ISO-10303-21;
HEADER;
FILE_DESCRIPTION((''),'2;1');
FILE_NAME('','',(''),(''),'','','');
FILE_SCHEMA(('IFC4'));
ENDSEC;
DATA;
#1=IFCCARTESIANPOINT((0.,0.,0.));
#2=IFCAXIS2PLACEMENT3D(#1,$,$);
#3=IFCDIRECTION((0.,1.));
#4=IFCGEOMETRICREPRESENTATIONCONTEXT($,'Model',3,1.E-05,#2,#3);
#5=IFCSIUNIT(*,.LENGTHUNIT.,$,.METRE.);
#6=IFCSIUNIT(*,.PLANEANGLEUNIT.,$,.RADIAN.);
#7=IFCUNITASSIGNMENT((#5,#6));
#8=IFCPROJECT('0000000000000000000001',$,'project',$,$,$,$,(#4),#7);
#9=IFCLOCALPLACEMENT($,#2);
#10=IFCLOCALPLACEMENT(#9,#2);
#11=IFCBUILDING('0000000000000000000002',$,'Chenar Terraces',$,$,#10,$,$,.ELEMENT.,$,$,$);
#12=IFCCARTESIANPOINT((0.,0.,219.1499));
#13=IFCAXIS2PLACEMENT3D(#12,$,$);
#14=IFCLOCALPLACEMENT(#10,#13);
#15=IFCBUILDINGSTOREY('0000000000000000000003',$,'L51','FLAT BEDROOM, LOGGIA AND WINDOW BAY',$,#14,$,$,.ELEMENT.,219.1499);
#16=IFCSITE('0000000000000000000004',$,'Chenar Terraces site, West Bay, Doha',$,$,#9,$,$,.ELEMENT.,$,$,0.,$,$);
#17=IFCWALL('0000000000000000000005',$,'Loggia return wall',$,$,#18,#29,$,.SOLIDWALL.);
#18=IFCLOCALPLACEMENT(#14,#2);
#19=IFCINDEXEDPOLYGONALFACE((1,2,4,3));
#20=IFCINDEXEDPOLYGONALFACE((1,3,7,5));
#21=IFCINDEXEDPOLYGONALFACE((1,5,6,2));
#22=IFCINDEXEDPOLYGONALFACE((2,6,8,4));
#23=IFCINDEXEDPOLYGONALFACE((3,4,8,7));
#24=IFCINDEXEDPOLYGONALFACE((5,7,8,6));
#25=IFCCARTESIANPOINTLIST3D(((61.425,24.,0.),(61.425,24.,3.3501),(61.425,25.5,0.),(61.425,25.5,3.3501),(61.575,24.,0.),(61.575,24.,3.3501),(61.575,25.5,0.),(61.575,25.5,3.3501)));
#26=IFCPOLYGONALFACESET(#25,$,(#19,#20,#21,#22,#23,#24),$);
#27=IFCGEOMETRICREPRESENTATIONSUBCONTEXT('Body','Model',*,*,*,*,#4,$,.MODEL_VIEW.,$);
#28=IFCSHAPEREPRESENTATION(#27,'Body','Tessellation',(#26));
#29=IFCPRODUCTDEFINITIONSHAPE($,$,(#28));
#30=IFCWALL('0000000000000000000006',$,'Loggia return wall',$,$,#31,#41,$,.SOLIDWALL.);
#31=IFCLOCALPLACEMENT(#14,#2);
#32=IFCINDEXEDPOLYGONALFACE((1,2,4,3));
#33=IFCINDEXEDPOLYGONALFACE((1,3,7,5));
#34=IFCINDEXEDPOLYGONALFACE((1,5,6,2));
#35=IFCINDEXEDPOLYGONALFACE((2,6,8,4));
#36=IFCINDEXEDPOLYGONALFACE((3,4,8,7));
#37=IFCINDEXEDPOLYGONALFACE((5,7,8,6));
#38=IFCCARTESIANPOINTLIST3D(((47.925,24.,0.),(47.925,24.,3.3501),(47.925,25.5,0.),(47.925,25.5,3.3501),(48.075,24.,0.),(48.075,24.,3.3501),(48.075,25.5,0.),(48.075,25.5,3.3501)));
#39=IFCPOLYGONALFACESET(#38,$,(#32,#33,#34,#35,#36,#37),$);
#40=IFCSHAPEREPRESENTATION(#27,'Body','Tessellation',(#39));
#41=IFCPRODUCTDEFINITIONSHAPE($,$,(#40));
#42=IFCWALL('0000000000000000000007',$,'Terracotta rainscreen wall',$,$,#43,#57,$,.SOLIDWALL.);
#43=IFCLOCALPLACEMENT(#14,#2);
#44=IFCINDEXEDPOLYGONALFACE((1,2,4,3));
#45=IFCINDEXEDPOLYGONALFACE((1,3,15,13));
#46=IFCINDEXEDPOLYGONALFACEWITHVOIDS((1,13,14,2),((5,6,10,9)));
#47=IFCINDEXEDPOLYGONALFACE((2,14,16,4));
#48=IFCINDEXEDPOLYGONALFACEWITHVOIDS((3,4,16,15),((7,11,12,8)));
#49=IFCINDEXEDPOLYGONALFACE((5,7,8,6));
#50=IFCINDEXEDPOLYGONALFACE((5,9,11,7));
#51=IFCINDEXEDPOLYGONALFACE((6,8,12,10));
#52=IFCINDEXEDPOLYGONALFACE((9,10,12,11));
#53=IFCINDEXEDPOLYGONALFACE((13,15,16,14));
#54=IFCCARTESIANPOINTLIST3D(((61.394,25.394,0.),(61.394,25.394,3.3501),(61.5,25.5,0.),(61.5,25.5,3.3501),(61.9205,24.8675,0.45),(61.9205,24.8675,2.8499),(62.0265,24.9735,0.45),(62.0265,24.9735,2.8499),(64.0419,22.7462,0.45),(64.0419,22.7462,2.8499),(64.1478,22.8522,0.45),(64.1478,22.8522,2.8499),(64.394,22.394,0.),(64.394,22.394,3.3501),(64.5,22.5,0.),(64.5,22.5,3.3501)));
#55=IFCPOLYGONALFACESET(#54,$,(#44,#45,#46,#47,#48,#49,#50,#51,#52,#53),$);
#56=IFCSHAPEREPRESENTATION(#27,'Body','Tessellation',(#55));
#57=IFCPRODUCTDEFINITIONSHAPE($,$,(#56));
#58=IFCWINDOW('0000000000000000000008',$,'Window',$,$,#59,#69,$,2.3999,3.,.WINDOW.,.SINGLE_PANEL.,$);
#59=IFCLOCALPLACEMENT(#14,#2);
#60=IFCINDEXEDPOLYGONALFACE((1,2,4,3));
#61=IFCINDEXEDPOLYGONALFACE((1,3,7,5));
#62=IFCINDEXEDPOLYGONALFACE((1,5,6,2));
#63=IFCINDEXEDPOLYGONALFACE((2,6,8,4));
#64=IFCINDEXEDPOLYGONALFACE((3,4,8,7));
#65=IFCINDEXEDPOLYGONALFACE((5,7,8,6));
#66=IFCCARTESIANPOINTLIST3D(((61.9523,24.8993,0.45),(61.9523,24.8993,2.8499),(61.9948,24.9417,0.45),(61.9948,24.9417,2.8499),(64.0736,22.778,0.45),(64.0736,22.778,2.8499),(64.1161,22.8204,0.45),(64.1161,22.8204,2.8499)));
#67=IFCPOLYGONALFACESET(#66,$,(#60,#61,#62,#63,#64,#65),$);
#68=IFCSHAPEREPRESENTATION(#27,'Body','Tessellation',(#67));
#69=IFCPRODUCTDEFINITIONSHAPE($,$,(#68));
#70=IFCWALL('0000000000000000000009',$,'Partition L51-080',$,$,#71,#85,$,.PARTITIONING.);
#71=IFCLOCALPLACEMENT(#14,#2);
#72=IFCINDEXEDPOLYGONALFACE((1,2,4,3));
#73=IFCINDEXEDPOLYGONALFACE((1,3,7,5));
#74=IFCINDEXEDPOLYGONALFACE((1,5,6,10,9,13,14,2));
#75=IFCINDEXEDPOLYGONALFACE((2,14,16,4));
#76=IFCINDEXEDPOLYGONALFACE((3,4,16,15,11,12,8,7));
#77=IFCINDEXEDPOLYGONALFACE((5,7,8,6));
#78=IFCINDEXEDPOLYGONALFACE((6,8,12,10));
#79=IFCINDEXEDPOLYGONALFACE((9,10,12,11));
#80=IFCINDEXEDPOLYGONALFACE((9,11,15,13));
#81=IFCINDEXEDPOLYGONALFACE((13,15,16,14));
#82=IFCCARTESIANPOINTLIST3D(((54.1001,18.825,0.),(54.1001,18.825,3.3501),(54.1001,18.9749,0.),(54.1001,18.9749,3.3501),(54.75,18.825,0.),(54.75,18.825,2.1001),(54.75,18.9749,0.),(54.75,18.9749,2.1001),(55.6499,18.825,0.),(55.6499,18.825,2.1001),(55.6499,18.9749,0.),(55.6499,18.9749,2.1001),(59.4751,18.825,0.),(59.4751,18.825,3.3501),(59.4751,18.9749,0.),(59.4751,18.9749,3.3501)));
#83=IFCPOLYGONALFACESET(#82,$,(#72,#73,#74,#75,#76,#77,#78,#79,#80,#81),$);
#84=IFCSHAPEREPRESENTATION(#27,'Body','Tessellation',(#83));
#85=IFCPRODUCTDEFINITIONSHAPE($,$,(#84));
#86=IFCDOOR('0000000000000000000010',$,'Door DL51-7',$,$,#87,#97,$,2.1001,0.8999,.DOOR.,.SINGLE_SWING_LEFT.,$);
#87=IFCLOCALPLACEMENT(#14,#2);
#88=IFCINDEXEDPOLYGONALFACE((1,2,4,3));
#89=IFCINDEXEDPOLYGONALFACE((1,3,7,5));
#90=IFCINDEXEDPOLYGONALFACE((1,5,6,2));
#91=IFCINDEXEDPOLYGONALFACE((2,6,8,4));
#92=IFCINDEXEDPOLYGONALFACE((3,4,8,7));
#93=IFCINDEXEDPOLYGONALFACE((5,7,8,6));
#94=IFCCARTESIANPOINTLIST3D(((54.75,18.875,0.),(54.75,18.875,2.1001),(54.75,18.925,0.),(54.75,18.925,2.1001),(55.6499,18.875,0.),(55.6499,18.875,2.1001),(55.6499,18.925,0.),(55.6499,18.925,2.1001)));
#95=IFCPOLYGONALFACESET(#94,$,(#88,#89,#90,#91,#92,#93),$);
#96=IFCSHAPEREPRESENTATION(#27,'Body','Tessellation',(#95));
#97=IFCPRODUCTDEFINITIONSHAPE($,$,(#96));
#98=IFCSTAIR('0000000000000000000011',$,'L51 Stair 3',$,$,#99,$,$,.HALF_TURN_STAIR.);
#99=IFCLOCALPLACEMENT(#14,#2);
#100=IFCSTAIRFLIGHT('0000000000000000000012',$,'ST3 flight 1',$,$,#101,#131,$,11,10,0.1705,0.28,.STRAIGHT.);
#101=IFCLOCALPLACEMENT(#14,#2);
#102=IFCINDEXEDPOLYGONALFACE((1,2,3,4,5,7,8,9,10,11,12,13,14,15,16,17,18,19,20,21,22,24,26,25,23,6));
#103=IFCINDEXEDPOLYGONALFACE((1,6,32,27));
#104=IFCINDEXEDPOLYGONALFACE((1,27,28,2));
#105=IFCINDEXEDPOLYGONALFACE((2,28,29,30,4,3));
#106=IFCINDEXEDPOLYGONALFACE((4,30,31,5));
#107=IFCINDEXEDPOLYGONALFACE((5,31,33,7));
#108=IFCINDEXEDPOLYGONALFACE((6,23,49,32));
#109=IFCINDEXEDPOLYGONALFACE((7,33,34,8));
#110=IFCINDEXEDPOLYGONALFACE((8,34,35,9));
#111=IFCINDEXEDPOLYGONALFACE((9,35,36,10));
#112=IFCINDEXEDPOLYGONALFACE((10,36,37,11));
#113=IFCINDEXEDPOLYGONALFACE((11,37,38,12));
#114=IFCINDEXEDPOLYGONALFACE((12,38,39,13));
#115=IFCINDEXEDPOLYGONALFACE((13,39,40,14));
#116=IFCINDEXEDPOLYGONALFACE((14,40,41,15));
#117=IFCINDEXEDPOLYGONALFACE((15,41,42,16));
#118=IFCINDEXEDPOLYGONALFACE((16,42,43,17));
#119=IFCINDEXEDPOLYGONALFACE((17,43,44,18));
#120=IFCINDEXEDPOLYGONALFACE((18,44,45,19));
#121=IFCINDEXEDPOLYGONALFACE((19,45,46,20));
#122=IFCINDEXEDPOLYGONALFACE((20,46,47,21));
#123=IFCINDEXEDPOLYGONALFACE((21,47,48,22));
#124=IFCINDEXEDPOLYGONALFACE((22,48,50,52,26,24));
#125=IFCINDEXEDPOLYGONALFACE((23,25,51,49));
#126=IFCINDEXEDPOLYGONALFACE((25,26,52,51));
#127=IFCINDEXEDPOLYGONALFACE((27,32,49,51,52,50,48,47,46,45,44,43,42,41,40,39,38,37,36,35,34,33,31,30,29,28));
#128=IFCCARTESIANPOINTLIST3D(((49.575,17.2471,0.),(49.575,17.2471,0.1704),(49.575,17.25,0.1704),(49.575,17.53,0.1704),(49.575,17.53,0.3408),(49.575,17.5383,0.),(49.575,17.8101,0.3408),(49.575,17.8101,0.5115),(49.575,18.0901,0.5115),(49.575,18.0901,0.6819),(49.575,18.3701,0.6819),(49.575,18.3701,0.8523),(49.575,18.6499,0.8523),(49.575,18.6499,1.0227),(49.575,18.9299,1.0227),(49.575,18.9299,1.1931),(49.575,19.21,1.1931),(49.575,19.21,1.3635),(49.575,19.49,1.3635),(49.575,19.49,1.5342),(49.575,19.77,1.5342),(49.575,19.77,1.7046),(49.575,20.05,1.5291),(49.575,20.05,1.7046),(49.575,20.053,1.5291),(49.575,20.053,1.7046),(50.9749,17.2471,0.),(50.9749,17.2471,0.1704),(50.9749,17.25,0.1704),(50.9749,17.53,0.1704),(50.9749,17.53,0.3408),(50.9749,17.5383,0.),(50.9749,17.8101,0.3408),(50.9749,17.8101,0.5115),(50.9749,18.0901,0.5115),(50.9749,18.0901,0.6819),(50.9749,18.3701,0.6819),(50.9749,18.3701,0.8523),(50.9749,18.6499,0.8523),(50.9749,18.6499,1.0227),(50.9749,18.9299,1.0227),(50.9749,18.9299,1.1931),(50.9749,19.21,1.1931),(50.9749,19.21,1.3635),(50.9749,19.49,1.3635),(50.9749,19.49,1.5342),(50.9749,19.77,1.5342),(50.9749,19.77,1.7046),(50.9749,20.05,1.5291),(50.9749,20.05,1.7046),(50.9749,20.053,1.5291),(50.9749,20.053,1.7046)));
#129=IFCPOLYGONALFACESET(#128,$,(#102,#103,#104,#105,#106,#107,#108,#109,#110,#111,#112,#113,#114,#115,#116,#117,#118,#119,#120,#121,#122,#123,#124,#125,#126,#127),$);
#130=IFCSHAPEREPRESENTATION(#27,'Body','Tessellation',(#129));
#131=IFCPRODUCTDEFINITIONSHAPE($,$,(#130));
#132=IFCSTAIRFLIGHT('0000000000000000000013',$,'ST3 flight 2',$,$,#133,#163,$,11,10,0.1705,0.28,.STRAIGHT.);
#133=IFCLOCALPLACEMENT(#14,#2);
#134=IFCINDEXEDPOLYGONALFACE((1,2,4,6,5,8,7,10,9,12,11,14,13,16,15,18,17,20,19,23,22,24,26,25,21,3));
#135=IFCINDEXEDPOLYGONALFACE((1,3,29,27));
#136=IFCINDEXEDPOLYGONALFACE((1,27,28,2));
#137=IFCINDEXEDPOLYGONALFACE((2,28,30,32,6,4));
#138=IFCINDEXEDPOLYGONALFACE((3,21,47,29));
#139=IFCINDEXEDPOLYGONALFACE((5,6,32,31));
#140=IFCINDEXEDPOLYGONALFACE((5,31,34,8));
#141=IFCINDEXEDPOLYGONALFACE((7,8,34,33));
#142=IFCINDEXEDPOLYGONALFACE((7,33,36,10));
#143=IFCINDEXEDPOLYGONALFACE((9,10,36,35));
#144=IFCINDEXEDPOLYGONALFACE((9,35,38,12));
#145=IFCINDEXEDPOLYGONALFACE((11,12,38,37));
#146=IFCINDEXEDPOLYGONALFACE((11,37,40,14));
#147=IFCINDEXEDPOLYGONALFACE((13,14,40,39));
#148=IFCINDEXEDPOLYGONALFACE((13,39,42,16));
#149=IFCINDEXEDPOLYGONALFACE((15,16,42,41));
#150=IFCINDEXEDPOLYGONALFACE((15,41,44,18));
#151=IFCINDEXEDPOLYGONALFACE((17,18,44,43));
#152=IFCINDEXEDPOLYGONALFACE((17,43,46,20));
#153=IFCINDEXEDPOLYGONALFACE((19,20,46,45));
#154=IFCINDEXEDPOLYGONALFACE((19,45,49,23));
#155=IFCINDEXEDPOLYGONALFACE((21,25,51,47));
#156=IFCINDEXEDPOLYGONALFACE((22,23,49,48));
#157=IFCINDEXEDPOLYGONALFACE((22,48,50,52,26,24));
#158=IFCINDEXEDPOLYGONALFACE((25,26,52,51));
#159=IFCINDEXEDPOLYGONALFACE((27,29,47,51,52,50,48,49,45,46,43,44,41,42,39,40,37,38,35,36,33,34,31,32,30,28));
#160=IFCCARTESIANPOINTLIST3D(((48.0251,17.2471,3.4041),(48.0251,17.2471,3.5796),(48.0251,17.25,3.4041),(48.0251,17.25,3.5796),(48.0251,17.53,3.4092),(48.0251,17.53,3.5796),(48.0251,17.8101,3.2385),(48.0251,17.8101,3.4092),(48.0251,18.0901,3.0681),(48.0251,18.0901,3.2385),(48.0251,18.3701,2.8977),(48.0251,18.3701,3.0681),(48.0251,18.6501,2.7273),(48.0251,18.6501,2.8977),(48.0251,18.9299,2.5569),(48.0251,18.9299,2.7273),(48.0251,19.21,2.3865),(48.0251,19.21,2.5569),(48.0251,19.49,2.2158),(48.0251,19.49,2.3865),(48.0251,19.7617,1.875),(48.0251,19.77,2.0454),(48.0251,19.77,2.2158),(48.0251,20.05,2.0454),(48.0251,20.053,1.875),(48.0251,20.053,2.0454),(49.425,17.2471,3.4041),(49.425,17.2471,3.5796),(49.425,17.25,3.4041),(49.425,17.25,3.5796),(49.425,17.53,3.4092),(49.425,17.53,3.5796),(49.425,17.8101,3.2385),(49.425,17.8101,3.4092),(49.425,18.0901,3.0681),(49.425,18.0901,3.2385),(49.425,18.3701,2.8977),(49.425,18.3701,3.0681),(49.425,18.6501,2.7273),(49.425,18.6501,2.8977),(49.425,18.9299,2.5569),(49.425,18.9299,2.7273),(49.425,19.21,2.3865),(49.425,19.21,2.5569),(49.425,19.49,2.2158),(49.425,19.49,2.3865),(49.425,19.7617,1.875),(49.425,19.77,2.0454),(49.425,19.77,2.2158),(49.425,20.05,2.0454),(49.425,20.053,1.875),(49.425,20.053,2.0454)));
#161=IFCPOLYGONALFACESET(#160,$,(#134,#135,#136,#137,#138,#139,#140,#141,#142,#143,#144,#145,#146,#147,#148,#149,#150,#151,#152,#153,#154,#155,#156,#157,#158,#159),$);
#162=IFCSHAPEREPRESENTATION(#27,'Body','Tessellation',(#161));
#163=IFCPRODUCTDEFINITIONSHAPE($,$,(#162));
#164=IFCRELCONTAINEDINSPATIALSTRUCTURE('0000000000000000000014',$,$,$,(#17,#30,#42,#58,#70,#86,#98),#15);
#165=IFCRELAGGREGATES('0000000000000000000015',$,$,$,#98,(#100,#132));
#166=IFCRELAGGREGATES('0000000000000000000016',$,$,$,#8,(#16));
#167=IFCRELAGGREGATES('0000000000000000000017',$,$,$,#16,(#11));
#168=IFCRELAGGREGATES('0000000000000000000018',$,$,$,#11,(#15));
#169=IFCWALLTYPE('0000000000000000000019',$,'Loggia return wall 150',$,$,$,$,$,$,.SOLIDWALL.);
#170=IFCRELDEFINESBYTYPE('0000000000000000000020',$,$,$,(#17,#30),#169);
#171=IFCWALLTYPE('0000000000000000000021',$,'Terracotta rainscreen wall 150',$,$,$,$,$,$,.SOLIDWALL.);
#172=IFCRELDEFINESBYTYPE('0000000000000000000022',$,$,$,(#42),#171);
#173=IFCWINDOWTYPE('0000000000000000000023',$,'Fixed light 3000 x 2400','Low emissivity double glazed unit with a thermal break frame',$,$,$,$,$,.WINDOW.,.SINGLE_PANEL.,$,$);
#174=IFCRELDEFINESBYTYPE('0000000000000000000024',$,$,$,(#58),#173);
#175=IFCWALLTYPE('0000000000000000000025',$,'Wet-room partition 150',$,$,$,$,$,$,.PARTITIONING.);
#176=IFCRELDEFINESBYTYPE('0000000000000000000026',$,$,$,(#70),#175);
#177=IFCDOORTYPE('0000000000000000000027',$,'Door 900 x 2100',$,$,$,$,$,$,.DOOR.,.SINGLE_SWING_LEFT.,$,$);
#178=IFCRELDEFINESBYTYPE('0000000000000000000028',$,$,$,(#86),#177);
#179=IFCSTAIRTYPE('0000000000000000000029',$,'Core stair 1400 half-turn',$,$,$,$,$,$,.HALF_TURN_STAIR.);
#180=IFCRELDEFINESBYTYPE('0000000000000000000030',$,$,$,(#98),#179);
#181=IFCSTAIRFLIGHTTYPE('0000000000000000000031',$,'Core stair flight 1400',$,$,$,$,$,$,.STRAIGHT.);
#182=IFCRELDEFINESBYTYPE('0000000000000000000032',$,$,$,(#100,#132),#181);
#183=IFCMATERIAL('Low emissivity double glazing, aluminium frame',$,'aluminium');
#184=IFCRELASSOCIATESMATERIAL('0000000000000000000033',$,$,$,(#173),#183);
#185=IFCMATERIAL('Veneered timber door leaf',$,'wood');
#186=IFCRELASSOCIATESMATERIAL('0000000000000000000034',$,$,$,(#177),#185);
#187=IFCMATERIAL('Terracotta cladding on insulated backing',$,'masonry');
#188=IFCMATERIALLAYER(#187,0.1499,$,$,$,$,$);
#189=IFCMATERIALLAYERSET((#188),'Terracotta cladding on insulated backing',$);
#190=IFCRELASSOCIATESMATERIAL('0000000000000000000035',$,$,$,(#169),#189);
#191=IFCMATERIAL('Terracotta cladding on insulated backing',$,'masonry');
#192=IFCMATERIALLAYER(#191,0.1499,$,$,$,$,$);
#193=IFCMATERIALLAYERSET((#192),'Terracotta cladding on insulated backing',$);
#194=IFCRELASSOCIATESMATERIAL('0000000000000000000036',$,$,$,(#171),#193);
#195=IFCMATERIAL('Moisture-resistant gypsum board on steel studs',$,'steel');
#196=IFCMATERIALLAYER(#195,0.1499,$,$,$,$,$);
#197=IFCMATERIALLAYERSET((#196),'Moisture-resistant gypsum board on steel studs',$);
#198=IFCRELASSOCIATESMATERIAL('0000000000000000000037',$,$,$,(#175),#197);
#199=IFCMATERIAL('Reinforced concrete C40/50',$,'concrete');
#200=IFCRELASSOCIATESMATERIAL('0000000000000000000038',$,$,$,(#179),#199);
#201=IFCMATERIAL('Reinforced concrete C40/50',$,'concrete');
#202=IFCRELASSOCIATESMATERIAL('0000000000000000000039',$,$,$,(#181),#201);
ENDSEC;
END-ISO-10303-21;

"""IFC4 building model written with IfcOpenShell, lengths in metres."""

from ifc_helpers import new_model, si_unit, direction, frame, frame_2d, origin, place, context, subcontext, project, spatial, polyline, rectangle, outline, extrude, material, layer, layer_set, type_object, element, fill, aggregate, save


model = new_model("IFC4")

# Units and contexts
model_context = context("Model", 3, precision=1e-05, world=origin(), true_north=direction((0.0, 1.0)))
body_context = subcontext(model_context, "Body", "Model", "MODEL_VIEW")
ifc_project = project(units=[si_unit("LENGTHUNIT", "METRE"), si_unit("PLANEANGLEUNIT", "RADIAN")], contexts=[model_context])

# Site, building, storey
site_placement = place(None, origin())
site = spatial("IfcSite", under=ifc_project, at=site_placement, Name="Chenar Terraces site, West Bay, Doha", CompositionType="ELEMENT", RefElevation=0.0)
building_placement = place(site_placement, origin())
building = spatial("IfcBuilding", under=site, at=building_placement, Name="Chenar Terraces", CompositionType="ELEMENT")
storey_placement = place(building_placement, frame((0.0, 0.0, 219.1499)))
storey = spatial("IfcBuildingStorey", under=building, at=storey_placement, Name="L51", Description="FLAT BEDROOM, LOGGIA AND WINDOW BAY", CompositionType="ELEMENT", Elevation=219.1499)

# Shared definitions
ifc_material_1 = material(Name="Low emissivity double glazing, aluminium frame", Category="aluminium")
window_type_1 = type_object("IfcWindowType", Name="Fixed light 3000 x 2400", Description="Low emissivity double glazed unit with a thermal break frame", PartitioningType="SINGLE_PANEL", PredefinedType="WINDOW", material=ifc_material_1)

# Shared definitions
ifc_material_2 = material(Name="Veneered timber door leaf", Category="wood")
door_type_1 = type_object("IfcDoorType", Name="Door 900 x 2100", OperationType="SINGLE_SWING_LEFT", PredefinedType="DOOR", material=ifc_material_2)

# Walls
ifc_material_3 = material(Name="Terracotta cladding on insulated backing", Category="masonry")
ifc_layer_1 = layer(ifc_material_3, 0.1499)
ifc_layer_set_1 = layer_set([ifc_layer_1], Name="Terracotta cladding on insulated backing")
wall_type_1 = type_object("IfcWallType", Name="Loggia return wall 150", PredefinedType="SOLIDWALL", material=ifc_layer_set_1)
for number, where, z_axis, x_axis, name in (
    (1, (61.5, 25.5, 0.0), (0.0, 0.0, 1.0), (0.0, -1.0, 0.0), "Loggia return wall"),
    (2, (48.0, 25.5, 0.0), (0.0, 0.0, 1.0), (0.0, -1.0, 0.0), "Loggia return wall"),
):
    element("IfcWall", number, at=place(storey_placement, frame(where, z_axis=z_axis, x_axis=x_axis)), inside=storey, type_object=wall_type_1, Name=name, PredefinedType="SOLIDWALL", context=body_context, shape_type="SweptSolid", body=[
        extrude(rectangle(XDim=1.5, YDim=0.1499, at=frame_2d((0.75, 0.0))), origin(), (0.0, 0.0, 1.0), 3.3501),
    ])

# Wall, opening, window
ifc_material_4 = material(Name="Terracotta cladding on insulated backing", Category="masonry")
ifc_layer_2 = layer(ifc_material_4, 0.1499)
ifc_layer_set_2 = layer_set([ifc_layer_2], Name="Terracotta cladding on insulated backing")
wall_type_2 = type_object("IfcWallType", Name="Terracotta rainscreen wall 150", PredefinedType="SOLIDWALL", material=ifc_layer_set_2)
wall_1_placement = place(storey_placement, frame((64.447, 22.447, 0.0), z_axis=(0.0, 0.0, 1.0), x_axis=(-0.707107, 0.707107, 0.0)))
wall_1 = element("IfcWall", 3, at=wall_1_placement, inside=storey, type_object=wall_type_2, Name="Terracotta rainscreen wall", PredefinedType="SOLIDWALL", context=body_context, shape_type="SweptSolid", body=[
    extrude(rectangle(XDim=4.2427, YDim=0.1499, at=frame_2d((2.1213, 0.0))), origin(), (0.0, 0.0, 1.0), 3.3501),
])
opening_1_placement = place(wall_1_placement, frame((0.498, 0.0, 0.45)))
opening_1 = element("IfcOpeningElement", 4, at=opening_1_placement, cuts=wall_1, PredefinedType="OPENING", context=body_context, shape_type="SweptSolid", body=[
    extrude(rectangle(XDim=3.0, YDim=2.3999, at=frame_2d((1.5, 1.2))), frame((0.0, 0.085, 0.0), z_axis=(0.0, -1.0, 0.0), x_axis=(1.0, 0.0, 0.0)), (0.0, 0.0, 1.0), 0.1699),
])
window_1_placement = place(opening_1_placement, origin())
window_1 = element("IfcWindow", 5, at=window_1_placement, inside=storey, type_object=window_type_1, Name="Window", OverallHeight=2.3999, OverallWidth=3.0, PartitioningType="SINGLE_PANEL", PredefinedType="WINDOW", context=body_context, shape_type="SweptSolid", body=[
    extrude(rectangle(XDim=3.0, YDim=2.3999, at=frame_2d((1.5, 1.2))), frame((0.0, 0.03, 0.0), z_axis=(0.0, -1.0, 0.0), x_axis=(1.0, 0.0, 0.0)), (0.0, 0.0, 1.0), 0.0601),
])
fill(opening_1, window_1)

# Wall, opening, door
ifc_material_5 = material(Name="Moisture-resistant gypsum board on steel studs", Category="steel")
ifc_layer_3 = layer(ifc_material_5, 0.1499)
ifc_layer_set_3 = layer_set([ifc_layer_3], Name="Moisture-resistant gypsum board on steel studs")
wall_type_3 = type_object("IfcWallType", Name="Wet-room partition 150", PredefinedType="PARTITIONING", material=ifc_layer_set_3)
wall_2_placement = place(storey_placement, frame((54.1001, 18.8999, 0.0), z_axis=(0.0, 0.0, 1.0), x_axis=(1.0, 0.0, 0.0)))
wall_2 = element("IfcWall", 6, at=wall_2_placement, inside=storey, type_object=wall_type_3, Name="Partition L51-080", PredefinedType="PARTITIONING", context=body_context, shape_type="SweptSolid", body=[
    extrude(rectangle(XDim=5.375, YDim=0.1499, at=frame_2d((2.6875, 0.0))), origin(), (0.0, 0.0, 1.0), 3.3501),
])
opening_2_placement = place(wall_2_placement, frame((0.6499, 0.0, 0.0)))
opening_2 = element("IfcOpeningElement", 7, at=opening_2_placement, cuts=wall_2, PredefinedType="OPENING", context=body_context, shape_type="SweptSolid", body=[
    extrude(rectangle(XDim=0.8999, YDim=2.1001, at=frame_2d((0.45, 1.05))), frame((0.0, 0.085, 0.0), z_axis=(0.0, -1.0, 0.0), x_axis=(1.0, 0.0, 0.0)), (0.0, 0.0, 1.0), 0.1699),
])
door_1_placement = place(opening_2_placement, frame((0.8999, 0.0, 0.0), z_axis=(0.0, 0.0, 1.0), x_axis=(-1.0, 0.0, 0.0)))
door_1 = element("IfcDoor", 8, at=door_1_placement, inside=storey, type_object=door_type_1, Name="Door DL51-7", OperationType="SINGLE_SWING_LEFT", OverallHeight=2.1001, OverallWidth=0.8999, PredefinedType="DOOR", context=body_context, shape_type="SweptSolid", body=[
    extrude(rectangle(XDim=0.8999, YDim=2.1001, at=frame_2d((0.45, 1.05))), frame((0.0, 0.0249, 0.0), z_axis=(0.0, -1.0, 0.0), x_axis=(1.0, 0.0, 0.0)), (0.0, 0.0, 1.0), 0.05),
])
fill(opening_2, door_1)

# Stair, stair flights
ifc_material_6 = material(Name="Reinforced concrete C40/50", Category="concrete")
stair_type = type_object("IfcStairType", Name="Core stair 1400 half-turn", PredefinedType="HALF_TURN_STAIR", material=ifc_material_6)
stair_placement = place(storey_placement, origin())
stair = element("IfcStair", 9, at=stair_placement, inside=storey, type_object=stair_type, Name="L51 Stair 3", PredefinedType="HALF_TURN_STAIR")
ifc_material_7 = material(Name="Reinforced concrete C40/50", Category="concrete")
stair_flight_type = type_object("IfcStairFlightType", Name="Core stair flight 1400", PredefinedType="STRAIGHT", material=ifc_material_7)
stair_flight_1_placement = place(storey_placement, frame((50.2749, 17.25, 0.0), z_axis=(0.0, 0.0, 1.0), x_axis=(0.0, 1.0, 0.0)))
stair_flight_1 = element("IfcStairFlight", 10, at=stair_flight_1_placement, type_object=stair_flight_type, Name="ST3 flight 1", NumberOfRisers=11, NumberOfTreads=10, PredefinedType="STRAIGHT", RiserHeight=0.1705, TreadLength=0.28, context=body_context, shape_type="SweptSolid", body=[
    extrude(outline(polyline([(-0.0029, 0.0), (-0.0029, 0.1704), (0.0, 0.1704), (0.28, 0.1704), (0.28, 0.3408), (0.5601, 0.3408), (0.5601, 0.5115), (0.8401, 0.5115), (0.8401, 0.6819), (1.1201, 0.6819), (1.1201, 0.8523), (1.3999, 0.8523), (1.3999, 1.0227), (1.6799, 1.0227), (1.6799, 1.1931), (1.96, 1.1931), (1.96, 1.3635), (2.24, 1.3635), (2.24, 1.5342), (2.52, 1.5342), (2.52, 1.7046), (2.8, 1.7046), (2.803, 1.7046), (2.803, 1.5291), (2.8, 1.5291), (0.2883, 0.0), (-0.0029, 0.0)])), frame((0.0, 0.7, 0.0), z_axis=(0.0, -1.0, 0.0), x_axis=(1.0, 0.0, 0.0)), (0.0, 0.0, 1.0), 1.3999),
])
stair_flight_2_placement = place(storey_placement, frame((48.7251, 20.05, 1.875), z_axis=(0.0, 0.0, 1.0), x_axis=(0.0, -1.0, 0.0)))
stair_flight_2 = element("IfcStairFlight", 11, at=stair_flight_2_placement, type_object=stair_flight_type, Name="ST3 flight 2", NumberOfRisers=11, NumberOfTreads=10, PredefinedType="STRAIGHT", RiserHeight=0.1705, TreadLength=0.28, context=body_context, shape_type="SweptSolid", body=[
    extrude(outline(polyline([(-0.0029, 0.0), (-0.0029, 0.1704), (0.0, 0.1704), (0.28, 0.1704), (0.28, 0.3408), (0.5601, 0.3408), (0.5601, 0.5115), (0.8401, 0.5115), (0.8401, 0.6819), (1.1201, 0.6819), (1.1201, 0.8523), (1.3999, 0.8523), (1.3999, 1.0227), (1.6799, 1.0227), (1.6799, 1.1931), (1.96, 1.1931), (1.96, 1.3635), (2.24, 1.3635), (2.24, 1.5342), (2.52, 1.5342), (2.52, 1.7046), (2.8, 1.7046), (2.803, 1.7046), (2.803, 1.5291), (2.8, 1.5291), (0.2883, 0.0), (-0.0029, 0.0)])), frame((0.0, 0.7, 0.0), z_axis=(0.0, -1.0, 0.0), x_axis=(1.0, 0.0, 0.0)), (0.0, 0.0, 1.0), 1.3999),
])
aggregate(stair, [stair_flight_1, stair_flight_2])

save(model, "model.ifc")
